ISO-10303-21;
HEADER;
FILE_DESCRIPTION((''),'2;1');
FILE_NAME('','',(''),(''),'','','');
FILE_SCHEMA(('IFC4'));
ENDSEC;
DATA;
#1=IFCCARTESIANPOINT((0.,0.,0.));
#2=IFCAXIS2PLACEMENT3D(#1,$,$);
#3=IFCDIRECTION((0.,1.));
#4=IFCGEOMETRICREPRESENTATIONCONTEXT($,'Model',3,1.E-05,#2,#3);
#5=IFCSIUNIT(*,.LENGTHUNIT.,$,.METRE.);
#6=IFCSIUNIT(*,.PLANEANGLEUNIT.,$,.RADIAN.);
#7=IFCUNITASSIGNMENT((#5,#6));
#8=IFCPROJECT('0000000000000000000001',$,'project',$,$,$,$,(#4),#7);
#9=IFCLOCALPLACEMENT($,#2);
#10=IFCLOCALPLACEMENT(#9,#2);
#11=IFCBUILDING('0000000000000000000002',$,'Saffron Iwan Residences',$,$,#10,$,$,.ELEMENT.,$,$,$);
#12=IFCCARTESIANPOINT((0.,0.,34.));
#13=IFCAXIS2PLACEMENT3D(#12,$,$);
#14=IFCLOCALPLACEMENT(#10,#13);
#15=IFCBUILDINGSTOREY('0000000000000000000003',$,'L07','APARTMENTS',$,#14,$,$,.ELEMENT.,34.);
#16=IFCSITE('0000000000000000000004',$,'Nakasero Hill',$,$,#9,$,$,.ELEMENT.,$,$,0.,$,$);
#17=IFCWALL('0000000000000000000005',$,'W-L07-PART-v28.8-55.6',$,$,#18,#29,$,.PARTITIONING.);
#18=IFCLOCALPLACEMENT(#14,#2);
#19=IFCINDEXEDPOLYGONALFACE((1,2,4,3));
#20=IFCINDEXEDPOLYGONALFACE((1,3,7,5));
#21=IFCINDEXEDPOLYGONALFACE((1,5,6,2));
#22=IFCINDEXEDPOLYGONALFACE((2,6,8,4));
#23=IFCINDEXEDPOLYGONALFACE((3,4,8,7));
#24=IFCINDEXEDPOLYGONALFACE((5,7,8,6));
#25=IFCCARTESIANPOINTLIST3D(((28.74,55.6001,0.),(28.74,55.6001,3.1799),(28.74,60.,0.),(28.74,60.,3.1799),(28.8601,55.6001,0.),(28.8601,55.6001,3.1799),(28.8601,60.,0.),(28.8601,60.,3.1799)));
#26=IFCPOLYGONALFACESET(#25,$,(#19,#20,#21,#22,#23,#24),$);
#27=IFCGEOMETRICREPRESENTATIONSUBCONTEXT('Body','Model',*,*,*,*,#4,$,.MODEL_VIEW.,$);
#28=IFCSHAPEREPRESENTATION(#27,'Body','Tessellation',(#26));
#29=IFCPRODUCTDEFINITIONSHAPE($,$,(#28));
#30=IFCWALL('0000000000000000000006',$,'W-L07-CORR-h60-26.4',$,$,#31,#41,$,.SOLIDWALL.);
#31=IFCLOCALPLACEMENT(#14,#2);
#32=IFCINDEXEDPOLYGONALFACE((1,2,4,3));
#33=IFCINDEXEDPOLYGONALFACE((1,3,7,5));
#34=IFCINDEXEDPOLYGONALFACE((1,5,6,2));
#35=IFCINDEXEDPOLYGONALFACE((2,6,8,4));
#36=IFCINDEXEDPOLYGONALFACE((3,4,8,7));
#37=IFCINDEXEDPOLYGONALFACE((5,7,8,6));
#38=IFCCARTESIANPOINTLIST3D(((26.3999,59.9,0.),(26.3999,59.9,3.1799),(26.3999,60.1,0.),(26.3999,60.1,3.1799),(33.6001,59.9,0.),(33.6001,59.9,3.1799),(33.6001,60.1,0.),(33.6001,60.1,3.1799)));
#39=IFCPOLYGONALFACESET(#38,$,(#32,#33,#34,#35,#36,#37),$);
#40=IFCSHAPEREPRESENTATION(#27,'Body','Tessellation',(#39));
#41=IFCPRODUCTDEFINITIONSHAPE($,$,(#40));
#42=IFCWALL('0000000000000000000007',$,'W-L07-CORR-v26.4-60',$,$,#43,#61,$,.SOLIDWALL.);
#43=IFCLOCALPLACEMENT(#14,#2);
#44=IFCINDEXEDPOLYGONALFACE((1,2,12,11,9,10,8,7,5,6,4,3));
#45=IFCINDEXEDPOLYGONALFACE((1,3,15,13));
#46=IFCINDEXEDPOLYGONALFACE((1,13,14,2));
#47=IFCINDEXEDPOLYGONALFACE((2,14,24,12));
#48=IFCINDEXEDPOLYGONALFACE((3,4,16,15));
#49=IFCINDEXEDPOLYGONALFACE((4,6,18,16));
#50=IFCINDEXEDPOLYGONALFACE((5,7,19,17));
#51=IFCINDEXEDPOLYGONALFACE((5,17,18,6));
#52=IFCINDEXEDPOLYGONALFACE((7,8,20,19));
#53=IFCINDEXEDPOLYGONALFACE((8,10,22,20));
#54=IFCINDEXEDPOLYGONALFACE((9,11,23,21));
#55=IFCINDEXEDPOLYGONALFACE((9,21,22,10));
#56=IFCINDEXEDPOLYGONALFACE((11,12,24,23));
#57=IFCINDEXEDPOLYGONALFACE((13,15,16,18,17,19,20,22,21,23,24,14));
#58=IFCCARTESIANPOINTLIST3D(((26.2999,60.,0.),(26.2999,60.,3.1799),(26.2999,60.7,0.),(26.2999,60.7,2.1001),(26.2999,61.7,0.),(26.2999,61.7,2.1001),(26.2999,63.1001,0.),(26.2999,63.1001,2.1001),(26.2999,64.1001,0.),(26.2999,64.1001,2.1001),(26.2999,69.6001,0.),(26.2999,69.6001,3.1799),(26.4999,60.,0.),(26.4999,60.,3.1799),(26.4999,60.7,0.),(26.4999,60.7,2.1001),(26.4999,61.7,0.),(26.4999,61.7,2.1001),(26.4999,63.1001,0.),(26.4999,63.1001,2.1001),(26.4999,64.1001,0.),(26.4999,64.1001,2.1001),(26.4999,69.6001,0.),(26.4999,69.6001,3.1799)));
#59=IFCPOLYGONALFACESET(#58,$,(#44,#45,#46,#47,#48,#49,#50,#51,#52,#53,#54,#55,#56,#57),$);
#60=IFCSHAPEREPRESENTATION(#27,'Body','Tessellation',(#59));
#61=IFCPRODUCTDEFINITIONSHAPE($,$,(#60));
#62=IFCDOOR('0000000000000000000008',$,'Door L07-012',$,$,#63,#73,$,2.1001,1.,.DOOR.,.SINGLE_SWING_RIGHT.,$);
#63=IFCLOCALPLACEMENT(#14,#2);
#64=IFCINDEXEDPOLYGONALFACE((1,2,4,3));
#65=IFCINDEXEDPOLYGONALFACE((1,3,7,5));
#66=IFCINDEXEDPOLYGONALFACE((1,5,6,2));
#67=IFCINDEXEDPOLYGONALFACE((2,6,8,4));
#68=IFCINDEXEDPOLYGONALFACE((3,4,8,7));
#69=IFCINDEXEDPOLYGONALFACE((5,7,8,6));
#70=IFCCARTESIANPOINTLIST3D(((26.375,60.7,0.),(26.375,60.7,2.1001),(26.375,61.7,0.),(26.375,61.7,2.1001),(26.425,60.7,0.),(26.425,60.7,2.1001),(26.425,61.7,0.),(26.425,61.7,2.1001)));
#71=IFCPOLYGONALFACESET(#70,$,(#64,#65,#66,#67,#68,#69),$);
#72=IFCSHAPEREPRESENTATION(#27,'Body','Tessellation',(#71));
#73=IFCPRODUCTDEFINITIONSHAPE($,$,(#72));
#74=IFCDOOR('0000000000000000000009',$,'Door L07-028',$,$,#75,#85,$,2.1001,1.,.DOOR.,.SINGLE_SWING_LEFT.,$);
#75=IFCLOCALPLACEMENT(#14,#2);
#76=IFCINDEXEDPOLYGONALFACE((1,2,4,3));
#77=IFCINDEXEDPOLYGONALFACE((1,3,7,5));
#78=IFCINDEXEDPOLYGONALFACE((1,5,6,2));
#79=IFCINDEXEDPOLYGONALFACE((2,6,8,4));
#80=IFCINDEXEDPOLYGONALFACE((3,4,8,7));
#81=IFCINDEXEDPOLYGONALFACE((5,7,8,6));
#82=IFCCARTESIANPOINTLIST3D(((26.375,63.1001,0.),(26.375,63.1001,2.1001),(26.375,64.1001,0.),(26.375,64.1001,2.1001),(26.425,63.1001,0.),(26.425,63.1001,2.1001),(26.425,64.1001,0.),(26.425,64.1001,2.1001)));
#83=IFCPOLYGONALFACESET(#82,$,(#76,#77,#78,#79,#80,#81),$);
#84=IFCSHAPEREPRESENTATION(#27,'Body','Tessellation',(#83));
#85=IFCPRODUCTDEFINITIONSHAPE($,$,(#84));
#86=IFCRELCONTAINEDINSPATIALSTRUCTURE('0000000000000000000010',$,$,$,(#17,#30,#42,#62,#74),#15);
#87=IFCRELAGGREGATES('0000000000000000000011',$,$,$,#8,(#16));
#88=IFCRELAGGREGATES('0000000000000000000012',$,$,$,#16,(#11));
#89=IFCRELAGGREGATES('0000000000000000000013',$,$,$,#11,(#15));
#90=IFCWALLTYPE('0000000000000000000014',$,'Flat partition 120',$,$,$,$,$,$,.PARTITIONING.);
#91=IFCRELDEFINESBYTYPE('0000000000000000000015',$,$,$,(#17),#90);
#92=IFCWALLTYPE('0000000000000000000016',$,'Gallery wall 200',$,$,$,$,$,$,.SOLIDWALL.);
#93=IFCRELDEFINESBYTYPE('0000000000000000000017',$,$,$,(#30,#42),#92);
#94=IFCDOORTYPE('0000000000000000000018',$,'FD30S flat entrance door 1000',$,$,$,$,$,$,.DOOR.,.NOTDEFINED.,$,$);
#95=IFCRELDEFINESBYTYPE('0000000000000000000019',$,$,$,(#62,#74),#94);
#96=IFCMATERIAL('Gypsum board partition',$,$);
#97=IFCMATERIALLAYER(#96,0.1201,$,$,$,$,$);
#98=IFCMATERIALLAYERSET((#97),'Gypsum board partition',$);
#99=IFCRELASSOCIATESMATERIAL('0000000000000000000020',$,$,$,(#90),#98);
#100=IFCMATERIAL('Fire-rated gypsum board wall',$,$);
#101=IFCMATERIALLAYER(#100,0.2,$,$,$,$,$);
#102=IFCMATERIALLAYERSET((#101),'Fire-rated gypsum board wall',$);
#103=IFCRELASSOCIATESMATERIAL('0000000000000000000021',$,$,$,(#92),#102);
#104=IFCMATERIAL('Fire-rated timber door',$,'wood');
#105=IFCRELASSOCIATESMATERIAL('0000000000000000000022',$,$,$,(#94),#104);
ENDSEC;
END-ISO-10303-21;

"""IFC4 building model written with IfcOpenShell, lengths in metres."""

from ifc_helpers import new_model, si_unit, direction, frame, frame_2d, origin, place, context, subcontext, project, spatial, rectangle, extrude, material, layer, layer_set, type_object, element, fill, save


model = new_model("IFC4")

# Units and contexts
model_context = context("Model", 3, precision=1e-05, world=origin(), true_north=direction((0.0, 1.0)))
body_context = subcontext(model_context, "Body", "Model", "MODEL_VIEW")
ifc_project = project(units=[si_unit("LENGTHUNIT", "METRE"), si_unit("PLANEANGLEUNIT", "RADIAN")], contexts=[model_context])

# Site, building, storey
site_placement = place(None, origin())
site = spatial("IfcSite", under=ifc_project, at=site_placement, Name="Nakasero Hill", CompositionType="ELEMENT", RefElevation=0.0)
building_placement = place(site_placement, origin())
building = spatial("IfcBuilding", under=site, at=building_placement, Name="Saffron Iwan Residences", CompositionType="ELEMENT")
storey_placement = place(building_placement, frame((0.0, 0.0, 34.0)))
storey = spatial("IfcBuildingStorey", under=building, at=storey_placement, Name="L07", Description="APARTMENTS", CompositionType="ELEMENT", Elevation=34.0)

# Shared definitions
ifc_material_1 = material(Name="Gypsum board partition")
ifc_layer_1 = layer(ifc_material_1, 0.1201)
ifc_layer_set_1 = layer_set([ifc_layer_1], Name="Gypsum board partition")
wall_type_1 = type_object("IfcWallType", Name="Flat partition 120", PredefinedType="PARTITIONING", material=ifc_layer_set_1)

# Walls
for number, where, z_axis, x_axis, name in (
    (1, (28.8, 55.6001, 0.0), (0.0, 0.0, 1.0), (0.0, 1.0, 0.0), "W-L07-PART-v28.8-55.6"),
):
    element("IfcWall", number, at=place(storey_placement, frame(where, z_axis=z_axis, x_axis=x_axis)), inside=storey, type_object=wall_type_1, Name=name, PredefinedType="PARTITIONING", context=body_context, shape_type="SweptSolid", body=[
        extrude(rectangle(XDim=4.3999, YDim=0.1201, at=frame_2d((2.2, 0.0))), origin(), (0.0, 0.0, 1.0), 3.1799),
    ])
ifc_material_2 = material(Name="Fire-rated gypsum board wall")
ifc_layer_2 = layer(ifc_material_2, 0.2)
ifc_layer_set_2 = layer_set([ifc_layer_2], Name="Fire-rated gypsum board wall")
wall_type_2 = type_object("IfcWallType", Name="Gallery wall 200", PredefinedType="SOLIDWALL", material=ifc_layer_set_2)
wall_1_placement = place(storey_placement, frame((26.3999, 60.0, 0.0), z_axis=(0.0, 0.0, 1.0), x_axis=(1.0, 0.0, 0.0)))
element("IfcWall", 2, at=wall_1_placement, inside=storey, type_object=wall_type_2, Name="W-L07-CORR-h60-26.4", PredefinedType="SOLIDWALL", context=body_context, shape_type="SweptSolid", body=[
    extrude(rectangle(XDim=7.2002, YDim=0.2, at=frame_2d((3.6001, 0.0))), origin(), (0.0, 0.0, 1.0), 3.1799),
])

# Wall, openings, doors
wall_2_placement = place(storey_placement, frame((26.3999, 60.0, 0.0), z_axis=(0.0, 0.0, 1.0), x_axis=(0.0, 1.0, 0.0)))
wall_2 = element("IfcWall", 3, at=wall_2_placement, inside=storey, type_object=wall_type_2, Name="W-L07-CORR-v26.4-60", PredefinedType="SOLIDWALL", context=body_context, shape_type="SweptSolid", body=[
    extrude(rectangle(XDim=9.6001, YDim=0.2, at=frame_2d((4.8, 0.0))), origin(), (0.0, 0.0, 1.0), 3.1799),
])
opening_1_placement = place(wall_2_placement, frame((0.7, 0.0, 0.0)))
opening_1 = element("IfcOpeningElement", 4, at=opening_1_placement, cuts=wall_2, PredefinedType="OPENING", context=body_context, shape_type="SweptSolid", body=[
    extrude(rectangle(XDim=1.0, YDim=2.1001, at=frame_2d((0.5, 1.05))), frame((0.0, 0.1099, 0.0), z_axis=(0.0, -1.0, 0.0), x_axis=(1.0, 0.0, 0.0)), (0.0, 0.0, 1.0), 0.22),
])
opening_2_placement = place(wall_2_placement, frame((3.1001, 0.0, 0.0)))
opening_2 = element("IfcOpeningElement", 5, at=opening_2_placement, cuts=wall_2, PredefinedType="OPENING", context=body_context, shape_type="SweptSolid", body=[
    extrude(rectangle(XDim=1.0, YDim=2.1001, at=frame_2d((0.5, 1.05))), frame((0.0, 0.1099, 0.0), z_axis=(0.0, -1.0, 0.0), x_axis=(1.0, 0.0, 0.0)), (0.0, 0.0, 1.0), 0.22),
])
ifc_material_3 = material(Name="Fire-rated timber door", Category="wood")
door_type_1 = type_object("IfcDoorType", Name="FD30S flat entrance door 1000", OperationType="NOTDEFINED", PredefinedType="DOOR", material=ifc_material_3)
door_1_placement = place(opening_1_placement, origin())
door_1 = element("IfcDoor", 6, at=door_1_placement, inside=storey, type_object=door_type_1, Name="Door L07-012", OperationType="SINGLE_SWING_RIGHT", OverallHeight=2.1001, OverallWidth=1.0, PredefinedType="DOOR", context=body_context, shape_type="SweptSolid", body=[
    extrude(rectangle(XDim=1.0, YDim=2.1001, at=frame_2d((0.5, 1.05))), frame((0.0, 0.0249, 0.0), z_axis=(0.0, -1.0, 0.0), x_axis=(1.0, 0.0, 0.0)), (0.0, 0.0, 1.0), 0.05),
])
fill(opening_1, door_1)
door_2_placement = place(opening_2_placement, origin())
door_2 = element("IfcDoor", 7, at=door_2_placement, inside=storey, type_object=door_type_1, Name="Door L07-028", OperationType="SINGLE_SWING_LEFT", OverallHeight=2.1001, OverallWidth=1.0, PredefinedType="DOOR", context=body_context, shape_type="SweptSolid", body=[
    extrude(rectangle(XDim=1.0, YDim=2.1001, at=frame_2d((0.5, 1.05))), frame((0.0, 0.0249, 0.0), z_axis=(0.0, -1.0, 0.0), x_axis=(1.0, 0.0, 0.0)), (0.0, 0.0, 1.0), 0.05),
])
fill(opening_2, door_2)

save(model, "model.ifc")
